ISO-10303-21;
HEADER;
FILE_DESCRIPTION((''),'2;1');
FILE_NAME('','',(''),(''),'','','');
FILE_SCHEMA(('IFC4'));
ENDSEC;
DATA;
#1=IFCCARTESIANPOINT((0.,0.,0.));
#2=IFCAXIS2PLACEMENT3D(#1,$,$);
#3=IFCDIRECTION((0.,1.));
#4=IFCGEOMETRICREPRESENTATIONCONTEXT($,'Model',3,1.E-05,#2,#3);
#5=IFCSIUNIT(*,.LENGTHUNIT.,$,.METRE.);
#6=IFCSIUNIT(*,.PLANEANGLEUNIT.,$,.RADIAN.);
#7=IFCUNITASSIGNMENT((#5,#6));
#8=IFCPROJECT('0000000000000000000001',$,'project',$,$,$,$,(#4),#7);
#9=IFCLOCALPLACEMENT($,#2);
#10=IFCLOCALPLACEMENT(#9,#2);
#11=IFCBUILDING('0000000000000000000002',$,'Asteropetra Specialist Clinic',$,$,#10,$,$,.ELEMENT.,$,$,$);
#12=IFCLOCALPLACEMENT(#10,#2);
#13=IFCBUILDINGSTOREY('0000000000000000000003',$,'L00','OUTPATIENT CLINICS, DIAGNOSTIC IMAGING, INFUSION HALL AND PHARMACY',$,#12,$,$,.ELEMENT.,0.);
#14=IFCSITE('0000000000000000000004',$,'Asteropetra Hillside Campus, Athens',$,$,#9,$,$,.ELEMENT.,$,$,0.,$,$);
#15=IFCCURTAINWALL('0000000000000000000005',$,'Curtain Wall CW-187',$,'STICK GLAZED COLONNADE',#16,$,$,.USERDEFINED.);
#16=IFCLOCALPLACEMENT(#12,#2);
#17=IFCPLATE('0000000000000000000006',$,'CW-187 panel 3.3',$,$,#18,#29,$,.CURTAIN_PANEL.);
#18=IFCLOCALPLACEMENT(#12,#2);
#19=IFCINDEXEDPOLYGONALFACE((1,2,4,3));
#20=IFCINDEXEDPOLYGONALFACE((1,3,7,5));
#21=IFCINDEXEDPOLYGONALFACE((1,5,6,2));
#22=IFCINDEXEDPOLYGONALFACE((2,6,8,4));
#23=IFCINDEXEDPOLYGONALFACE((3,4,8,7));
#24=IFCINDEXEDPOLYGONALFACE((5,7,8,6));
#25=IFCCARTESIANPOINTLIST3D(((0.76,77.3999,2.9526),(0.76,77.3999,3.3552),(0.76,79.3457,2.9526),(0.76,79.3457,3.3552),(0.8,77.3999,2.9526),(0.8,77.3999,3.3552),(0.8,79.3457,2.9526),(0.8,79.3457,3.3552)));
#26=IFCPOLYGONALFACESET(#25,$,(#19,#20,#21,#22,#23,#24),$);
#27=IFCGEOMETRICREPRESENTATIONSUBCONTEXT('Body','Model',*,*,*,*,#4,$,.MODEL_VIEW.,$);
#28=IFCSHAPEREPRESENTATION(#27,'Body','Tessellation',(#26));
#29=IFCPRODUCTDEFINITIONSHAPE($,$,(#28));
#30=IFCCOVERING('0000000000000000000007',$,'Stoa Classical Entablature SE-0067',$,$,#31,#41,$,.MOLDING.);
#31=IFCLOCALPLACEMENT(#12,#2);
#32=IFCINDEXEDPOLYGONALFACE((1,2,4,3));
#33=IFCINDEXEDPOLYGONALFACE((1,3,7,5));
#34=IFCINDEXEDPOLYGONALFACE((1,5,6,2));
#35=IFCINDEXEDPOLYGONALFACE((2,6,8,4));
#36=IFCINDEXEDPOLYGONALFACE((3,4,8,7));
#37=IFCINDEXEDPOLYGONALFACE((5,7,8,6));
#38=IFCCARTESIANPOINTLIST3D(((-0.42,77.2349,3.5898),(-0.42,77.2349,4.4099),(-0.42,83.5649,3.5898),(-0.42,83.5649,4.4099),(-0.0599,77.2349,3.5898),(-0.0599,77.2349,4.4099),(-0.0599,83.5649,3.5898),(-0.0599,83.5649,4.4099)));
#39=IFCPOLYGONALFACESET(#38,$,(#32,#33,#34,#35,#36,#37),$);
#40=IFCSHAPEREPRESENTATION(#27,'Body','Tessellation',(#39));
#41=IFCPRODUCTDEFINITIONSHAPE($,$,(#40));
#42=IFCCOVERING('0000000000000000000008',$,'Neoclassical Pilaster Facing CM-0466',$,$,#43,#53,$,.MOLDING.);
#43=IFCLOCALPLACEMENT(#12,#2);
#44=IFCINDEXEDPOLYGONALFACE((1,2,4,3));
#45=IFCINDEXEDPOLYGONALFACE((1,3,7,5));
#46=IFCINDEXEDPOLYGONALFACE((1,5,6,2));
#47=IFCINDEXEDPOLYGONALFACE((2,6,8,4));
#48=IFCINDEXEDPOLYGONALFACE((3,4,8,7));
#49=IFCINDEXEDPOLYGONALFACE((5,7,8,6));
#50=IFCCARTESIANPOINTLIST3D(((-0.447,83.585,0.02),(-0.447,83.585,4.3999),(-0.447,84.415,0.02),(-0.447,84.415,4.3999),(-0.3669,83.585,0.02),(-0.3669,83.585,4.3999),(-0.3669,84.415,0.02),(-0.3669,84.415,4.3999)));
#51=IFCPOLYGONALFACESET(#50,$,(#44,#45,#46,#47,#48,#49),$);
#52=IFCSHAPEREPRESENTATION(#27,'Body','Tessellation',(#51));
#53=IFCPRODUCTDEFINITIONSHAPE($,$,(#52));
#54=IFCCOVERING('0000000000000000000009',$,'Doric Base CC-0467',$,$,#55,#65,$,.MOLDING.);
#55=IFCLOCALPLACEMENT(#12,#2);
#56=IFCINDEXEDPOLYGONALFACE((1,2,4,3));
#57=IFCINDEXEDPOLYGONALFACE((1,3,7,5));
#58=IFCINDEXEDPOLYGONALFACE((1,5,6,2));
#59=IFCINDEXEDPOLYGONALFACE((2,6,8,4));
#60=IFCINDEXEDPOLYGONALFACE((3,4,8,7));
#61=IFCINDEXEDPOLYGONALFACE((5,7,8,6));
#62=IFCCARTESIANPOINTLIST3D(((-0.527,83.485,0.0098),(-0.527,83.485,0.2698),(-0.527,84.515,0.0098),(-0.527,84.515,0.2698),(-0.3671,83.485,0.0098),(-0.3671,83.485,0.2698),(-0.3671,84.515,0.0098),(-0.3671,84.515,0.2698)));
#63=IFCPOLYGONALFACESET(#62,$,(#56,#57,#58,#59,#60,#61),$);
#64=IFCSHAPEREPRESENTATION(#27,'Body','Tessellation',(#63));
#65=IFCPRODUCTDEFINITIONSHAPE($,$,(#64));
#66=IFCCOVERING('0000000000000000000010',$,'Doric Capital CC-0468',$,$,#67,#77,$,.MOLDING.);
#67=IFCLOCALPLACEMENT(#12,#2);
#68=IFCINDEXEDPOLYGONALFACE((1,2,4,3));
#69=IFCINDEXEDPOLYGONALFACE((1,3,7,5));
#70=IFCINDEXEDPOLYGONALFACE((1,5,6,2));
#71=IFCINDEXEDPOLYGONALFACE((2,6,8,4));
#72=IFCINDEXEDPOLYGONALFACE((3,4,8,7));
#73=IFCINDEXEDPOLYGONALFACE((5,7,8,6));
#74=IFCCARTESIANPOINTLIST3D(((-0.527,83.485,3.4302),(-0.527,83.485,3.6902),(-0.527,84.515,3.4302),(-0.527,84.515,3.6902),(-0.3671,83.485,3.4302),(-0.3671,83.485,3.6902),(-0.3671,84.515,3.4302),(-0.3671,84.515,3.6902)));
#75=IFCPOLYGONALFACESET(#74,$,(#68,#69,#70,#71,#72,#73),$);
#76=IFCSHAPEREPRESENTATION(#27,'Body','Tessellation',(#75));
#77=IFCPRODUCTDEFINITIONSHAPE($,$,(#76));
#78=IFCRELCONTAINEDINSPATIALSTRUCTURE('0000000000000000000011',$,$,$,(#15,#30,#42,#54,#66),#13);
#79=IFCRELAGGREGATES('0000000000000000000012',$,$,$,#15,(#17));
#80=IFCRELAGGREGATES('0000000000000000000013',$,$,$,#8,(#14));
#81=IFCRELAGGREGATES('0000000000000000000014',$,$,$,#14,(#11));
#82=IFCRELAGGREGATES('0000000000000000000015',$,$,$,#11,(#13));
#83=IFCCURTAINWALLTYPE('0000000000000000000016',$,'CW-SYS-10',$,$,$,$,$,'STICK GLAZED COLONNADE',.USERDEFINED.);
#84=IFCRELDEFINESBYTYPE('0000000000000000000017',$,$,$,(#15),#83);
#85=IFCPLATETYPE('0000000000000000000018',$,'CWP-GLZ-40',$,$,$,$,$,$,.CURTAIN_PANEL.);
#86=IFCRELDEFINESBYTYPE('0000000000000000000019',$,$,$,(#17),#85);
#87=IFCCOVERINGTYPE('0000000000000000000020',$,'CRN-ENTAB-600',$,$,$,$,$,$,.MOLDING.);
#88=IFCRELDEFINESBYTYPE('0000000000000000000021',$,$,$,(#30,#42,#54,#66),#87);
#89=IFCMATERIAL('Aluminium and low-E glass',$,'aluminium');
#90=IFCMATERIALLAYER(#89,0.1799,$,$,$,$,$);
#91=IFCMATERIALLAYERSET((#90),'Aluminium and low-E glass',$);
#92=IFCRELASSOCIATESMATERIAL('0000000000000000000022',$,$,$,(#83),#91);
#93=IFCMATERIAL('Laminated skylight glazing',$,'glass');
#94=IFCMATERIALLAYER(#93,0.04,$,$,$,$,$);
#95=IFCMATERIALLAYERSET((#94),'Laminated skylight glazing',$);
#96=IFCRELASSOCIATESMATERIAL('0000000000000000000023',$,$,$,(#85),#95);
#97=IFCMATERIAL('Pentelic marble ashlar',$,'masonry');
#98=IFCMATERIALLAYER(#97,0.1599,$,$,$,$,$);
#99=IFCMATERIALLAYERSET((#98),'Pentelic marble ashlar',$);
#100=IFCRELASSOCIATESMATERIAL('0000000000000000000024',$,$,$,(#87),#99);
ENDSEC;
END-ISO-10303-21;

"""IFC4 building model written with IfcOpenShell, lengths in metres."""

from ifc_helpers import new_model, si_unit, direction, frame, origin, origin_2d, place, context, subcontext, project, spatial, rectangle, extrude, material, layer, layer_set, type_object, element, aggregate, save


model = new_model("IFC4")

# Units and contexts
model_context = context("Model", 3, precision=1e-05, world=origin(), true_north=direction((0.0, 1.0)))
body_context = subcontext(model_context, "Body", "Model", "MODEL_VIEW")
ifc_project = project(units=[si_unit("LENGTHUNIT", "METRE"), si_unit("PLANEANGLEUNIT", "RADIAN")], contexts=[model_context])

# Site, building, storey
site_placement = place(None, origin())
site = spatial("IfcSite", under=ifc_project, at=site_placement, Name="Asteropetra Hillside Campus, Athens", CompositionType="ELEMENT", RefElevation=0.0)
building_placement = place(site_placement, origin())
building = spatial("IfcBuilding", under=site, at=building_placement, Name="Asteropetra Specialist Clinic", CompositionType="ELEMENT")
storey_placement = place(building_placement, origin())
storey = spatial("IfcBuildingStorey", under=building, at=storey_placement, Name="L00", Description="OUTPATIENT CLINICS, DIAGNOSTIC IMAGING, INFUSION HALL AND PHARMACY", CompositionType="ELEMENT", Elevation=0.0)

# Curtain wall, plate
ifc_material_1 = material(Name="Aluminium and low-E glass", Category="aluminium")
ifc_layer_1 = layer(ifc_material_1, 0.1799)
ifc_layer_set_1 = layer_set([ifc_layer_1], Name="Aluminium and low-E glass")
curtain_wall_type = type_object("IfcCurtainWallType", Name="CW-SYS-10", ElementType="STICK GLAZED COLONNADE", PredefinedType="USERDEFINED", material=ifc_layer_set_1)
curtain_wall_placement = place(storey_placement, origin())
curtain_wall = element("IfcCurtainWall", 1, at=curtain_wall_placement, inside=storey, type_object=curtain_wall_type, Name="Curtain Wall CW-187", ObjectType="STICK GLAZED COLONNADE", PredefinedType="USERDEFINED")
ifc_material_2 = material(Name="Laminated skylight glazing", Category="glass")
ifc_layer_2 = layer(ifc_material_2, 0.04)
ifc_layer_set_2 = layer_set([ifc_layer_2], Name="Laminated skylight glazing")
plate_type = type_object("IfcPlateType", Name="CWP-GLZ-40", PredefinedType="CURTAIN_PANEL", material=ifc_layer_set_2)
plate_1_placement = place(storey_placement, frame((0.78, 78.3728, 2.9526), z_axis=(0.0, 0.0, 1.0), x_axis=(0.0, -1.0, 0.0)))
plate_1 = element("IfcPlate", 2, at=plate_1_placement, type_object=plate_type, Name="CW-187 panel 3.3", PredefinedType="CURTAIN_PANEL", context=body_context, shape_type="SweptSolid", body=[
    extrude(rectangle(XDim=1.9458, YDim=0.04, at=origin_2d()), origin(), (0.0, 0.0, 1.0), 0.4026),
])
aggregate(curtain_wall, [plate_1])

# Coverings
ifc_material_3 = material(Name="Pentelic marble ashlar", Category="masonry")
ifc_layer_3 = layer(ifc_material_3, 0.1599)
ifc_layer_set_3 = layer_set([ifc_layer_3], Name="Pentelic marble ashlar")
covering_type = type_object("IfcCoveringType", Name="CRN-ENTAB-600", PredefinedType="MOLDING", material=ifc_layer_set_3)
covering_1_placement = place(storey_placement, frame((-0.24, 80.3999, 3.5898), z_axis=(0.0, 0.0, 1.0), x_axis=(1.0, 0.0, 0.0)))
element("IfcCovering", 3, at=covering_1_placement, inside=storey, type_object=covering_type, Name="Stoa Classical Entablature SE-0067", PredefinedType="MOLDING", context=body_context, shape_type="SweptSolid", body=[
    extrude(rectangle(XDim=0.3601, YDim=6.3301, at=origin_2d()), origin(), (0.0, 0.0, 1.0), 0.8201),
])
covering_2_placement = place(storey_placement, frame((-0.407, 84.0, 0.02), z_axis=(0.0, 0.0, 1.0), x_axis=(1.0, 0.0, 0.0)))
element("IfcCovering", 4, at=covering_2_placement, inside=storey, type_object=covering_type, Name="Neoclassical Pilaster Facing CM-0466", PredefinedType="MOLDING", context=body_context, shape_type="SweptSolid", body=[
    extrude(rectangle(XDim=0.0801, YDim=0.8301, at=origin_2d()), origin(), (0.0, 0.0, 1.0), 4.3799),
])
for number, where, z_axis, x_axis, name in (
    (5, (-0.447, 84.0, 0.0098), (0.0, 0.0, 1.0), (1.0, 0.0, 0.0), "Doric Base CC-0467"),
    (6, (-0.447, 84.0, 3.4302), (0.0, 0.0, 1.0), (1.0, 0.0, 0.0), "Doric Capital CC-0468"),
):
    element("IfcCovering", number, at=place(storey_placement, frame(where, z_axis=z_axis, x_axis=x_axis)), inside=storey, type_object=covering_type, Name=name, PredefinedType="MOLDING", context=body_context, shape_type="SweptSolid", body=[
        extrude(rectangle(XDim=0.1599, YDim=1.03, at=origin_2d()), origin(), (0.0, 0.0, 1.0), 0.26),
    ])

save(model, "model.ifc")
